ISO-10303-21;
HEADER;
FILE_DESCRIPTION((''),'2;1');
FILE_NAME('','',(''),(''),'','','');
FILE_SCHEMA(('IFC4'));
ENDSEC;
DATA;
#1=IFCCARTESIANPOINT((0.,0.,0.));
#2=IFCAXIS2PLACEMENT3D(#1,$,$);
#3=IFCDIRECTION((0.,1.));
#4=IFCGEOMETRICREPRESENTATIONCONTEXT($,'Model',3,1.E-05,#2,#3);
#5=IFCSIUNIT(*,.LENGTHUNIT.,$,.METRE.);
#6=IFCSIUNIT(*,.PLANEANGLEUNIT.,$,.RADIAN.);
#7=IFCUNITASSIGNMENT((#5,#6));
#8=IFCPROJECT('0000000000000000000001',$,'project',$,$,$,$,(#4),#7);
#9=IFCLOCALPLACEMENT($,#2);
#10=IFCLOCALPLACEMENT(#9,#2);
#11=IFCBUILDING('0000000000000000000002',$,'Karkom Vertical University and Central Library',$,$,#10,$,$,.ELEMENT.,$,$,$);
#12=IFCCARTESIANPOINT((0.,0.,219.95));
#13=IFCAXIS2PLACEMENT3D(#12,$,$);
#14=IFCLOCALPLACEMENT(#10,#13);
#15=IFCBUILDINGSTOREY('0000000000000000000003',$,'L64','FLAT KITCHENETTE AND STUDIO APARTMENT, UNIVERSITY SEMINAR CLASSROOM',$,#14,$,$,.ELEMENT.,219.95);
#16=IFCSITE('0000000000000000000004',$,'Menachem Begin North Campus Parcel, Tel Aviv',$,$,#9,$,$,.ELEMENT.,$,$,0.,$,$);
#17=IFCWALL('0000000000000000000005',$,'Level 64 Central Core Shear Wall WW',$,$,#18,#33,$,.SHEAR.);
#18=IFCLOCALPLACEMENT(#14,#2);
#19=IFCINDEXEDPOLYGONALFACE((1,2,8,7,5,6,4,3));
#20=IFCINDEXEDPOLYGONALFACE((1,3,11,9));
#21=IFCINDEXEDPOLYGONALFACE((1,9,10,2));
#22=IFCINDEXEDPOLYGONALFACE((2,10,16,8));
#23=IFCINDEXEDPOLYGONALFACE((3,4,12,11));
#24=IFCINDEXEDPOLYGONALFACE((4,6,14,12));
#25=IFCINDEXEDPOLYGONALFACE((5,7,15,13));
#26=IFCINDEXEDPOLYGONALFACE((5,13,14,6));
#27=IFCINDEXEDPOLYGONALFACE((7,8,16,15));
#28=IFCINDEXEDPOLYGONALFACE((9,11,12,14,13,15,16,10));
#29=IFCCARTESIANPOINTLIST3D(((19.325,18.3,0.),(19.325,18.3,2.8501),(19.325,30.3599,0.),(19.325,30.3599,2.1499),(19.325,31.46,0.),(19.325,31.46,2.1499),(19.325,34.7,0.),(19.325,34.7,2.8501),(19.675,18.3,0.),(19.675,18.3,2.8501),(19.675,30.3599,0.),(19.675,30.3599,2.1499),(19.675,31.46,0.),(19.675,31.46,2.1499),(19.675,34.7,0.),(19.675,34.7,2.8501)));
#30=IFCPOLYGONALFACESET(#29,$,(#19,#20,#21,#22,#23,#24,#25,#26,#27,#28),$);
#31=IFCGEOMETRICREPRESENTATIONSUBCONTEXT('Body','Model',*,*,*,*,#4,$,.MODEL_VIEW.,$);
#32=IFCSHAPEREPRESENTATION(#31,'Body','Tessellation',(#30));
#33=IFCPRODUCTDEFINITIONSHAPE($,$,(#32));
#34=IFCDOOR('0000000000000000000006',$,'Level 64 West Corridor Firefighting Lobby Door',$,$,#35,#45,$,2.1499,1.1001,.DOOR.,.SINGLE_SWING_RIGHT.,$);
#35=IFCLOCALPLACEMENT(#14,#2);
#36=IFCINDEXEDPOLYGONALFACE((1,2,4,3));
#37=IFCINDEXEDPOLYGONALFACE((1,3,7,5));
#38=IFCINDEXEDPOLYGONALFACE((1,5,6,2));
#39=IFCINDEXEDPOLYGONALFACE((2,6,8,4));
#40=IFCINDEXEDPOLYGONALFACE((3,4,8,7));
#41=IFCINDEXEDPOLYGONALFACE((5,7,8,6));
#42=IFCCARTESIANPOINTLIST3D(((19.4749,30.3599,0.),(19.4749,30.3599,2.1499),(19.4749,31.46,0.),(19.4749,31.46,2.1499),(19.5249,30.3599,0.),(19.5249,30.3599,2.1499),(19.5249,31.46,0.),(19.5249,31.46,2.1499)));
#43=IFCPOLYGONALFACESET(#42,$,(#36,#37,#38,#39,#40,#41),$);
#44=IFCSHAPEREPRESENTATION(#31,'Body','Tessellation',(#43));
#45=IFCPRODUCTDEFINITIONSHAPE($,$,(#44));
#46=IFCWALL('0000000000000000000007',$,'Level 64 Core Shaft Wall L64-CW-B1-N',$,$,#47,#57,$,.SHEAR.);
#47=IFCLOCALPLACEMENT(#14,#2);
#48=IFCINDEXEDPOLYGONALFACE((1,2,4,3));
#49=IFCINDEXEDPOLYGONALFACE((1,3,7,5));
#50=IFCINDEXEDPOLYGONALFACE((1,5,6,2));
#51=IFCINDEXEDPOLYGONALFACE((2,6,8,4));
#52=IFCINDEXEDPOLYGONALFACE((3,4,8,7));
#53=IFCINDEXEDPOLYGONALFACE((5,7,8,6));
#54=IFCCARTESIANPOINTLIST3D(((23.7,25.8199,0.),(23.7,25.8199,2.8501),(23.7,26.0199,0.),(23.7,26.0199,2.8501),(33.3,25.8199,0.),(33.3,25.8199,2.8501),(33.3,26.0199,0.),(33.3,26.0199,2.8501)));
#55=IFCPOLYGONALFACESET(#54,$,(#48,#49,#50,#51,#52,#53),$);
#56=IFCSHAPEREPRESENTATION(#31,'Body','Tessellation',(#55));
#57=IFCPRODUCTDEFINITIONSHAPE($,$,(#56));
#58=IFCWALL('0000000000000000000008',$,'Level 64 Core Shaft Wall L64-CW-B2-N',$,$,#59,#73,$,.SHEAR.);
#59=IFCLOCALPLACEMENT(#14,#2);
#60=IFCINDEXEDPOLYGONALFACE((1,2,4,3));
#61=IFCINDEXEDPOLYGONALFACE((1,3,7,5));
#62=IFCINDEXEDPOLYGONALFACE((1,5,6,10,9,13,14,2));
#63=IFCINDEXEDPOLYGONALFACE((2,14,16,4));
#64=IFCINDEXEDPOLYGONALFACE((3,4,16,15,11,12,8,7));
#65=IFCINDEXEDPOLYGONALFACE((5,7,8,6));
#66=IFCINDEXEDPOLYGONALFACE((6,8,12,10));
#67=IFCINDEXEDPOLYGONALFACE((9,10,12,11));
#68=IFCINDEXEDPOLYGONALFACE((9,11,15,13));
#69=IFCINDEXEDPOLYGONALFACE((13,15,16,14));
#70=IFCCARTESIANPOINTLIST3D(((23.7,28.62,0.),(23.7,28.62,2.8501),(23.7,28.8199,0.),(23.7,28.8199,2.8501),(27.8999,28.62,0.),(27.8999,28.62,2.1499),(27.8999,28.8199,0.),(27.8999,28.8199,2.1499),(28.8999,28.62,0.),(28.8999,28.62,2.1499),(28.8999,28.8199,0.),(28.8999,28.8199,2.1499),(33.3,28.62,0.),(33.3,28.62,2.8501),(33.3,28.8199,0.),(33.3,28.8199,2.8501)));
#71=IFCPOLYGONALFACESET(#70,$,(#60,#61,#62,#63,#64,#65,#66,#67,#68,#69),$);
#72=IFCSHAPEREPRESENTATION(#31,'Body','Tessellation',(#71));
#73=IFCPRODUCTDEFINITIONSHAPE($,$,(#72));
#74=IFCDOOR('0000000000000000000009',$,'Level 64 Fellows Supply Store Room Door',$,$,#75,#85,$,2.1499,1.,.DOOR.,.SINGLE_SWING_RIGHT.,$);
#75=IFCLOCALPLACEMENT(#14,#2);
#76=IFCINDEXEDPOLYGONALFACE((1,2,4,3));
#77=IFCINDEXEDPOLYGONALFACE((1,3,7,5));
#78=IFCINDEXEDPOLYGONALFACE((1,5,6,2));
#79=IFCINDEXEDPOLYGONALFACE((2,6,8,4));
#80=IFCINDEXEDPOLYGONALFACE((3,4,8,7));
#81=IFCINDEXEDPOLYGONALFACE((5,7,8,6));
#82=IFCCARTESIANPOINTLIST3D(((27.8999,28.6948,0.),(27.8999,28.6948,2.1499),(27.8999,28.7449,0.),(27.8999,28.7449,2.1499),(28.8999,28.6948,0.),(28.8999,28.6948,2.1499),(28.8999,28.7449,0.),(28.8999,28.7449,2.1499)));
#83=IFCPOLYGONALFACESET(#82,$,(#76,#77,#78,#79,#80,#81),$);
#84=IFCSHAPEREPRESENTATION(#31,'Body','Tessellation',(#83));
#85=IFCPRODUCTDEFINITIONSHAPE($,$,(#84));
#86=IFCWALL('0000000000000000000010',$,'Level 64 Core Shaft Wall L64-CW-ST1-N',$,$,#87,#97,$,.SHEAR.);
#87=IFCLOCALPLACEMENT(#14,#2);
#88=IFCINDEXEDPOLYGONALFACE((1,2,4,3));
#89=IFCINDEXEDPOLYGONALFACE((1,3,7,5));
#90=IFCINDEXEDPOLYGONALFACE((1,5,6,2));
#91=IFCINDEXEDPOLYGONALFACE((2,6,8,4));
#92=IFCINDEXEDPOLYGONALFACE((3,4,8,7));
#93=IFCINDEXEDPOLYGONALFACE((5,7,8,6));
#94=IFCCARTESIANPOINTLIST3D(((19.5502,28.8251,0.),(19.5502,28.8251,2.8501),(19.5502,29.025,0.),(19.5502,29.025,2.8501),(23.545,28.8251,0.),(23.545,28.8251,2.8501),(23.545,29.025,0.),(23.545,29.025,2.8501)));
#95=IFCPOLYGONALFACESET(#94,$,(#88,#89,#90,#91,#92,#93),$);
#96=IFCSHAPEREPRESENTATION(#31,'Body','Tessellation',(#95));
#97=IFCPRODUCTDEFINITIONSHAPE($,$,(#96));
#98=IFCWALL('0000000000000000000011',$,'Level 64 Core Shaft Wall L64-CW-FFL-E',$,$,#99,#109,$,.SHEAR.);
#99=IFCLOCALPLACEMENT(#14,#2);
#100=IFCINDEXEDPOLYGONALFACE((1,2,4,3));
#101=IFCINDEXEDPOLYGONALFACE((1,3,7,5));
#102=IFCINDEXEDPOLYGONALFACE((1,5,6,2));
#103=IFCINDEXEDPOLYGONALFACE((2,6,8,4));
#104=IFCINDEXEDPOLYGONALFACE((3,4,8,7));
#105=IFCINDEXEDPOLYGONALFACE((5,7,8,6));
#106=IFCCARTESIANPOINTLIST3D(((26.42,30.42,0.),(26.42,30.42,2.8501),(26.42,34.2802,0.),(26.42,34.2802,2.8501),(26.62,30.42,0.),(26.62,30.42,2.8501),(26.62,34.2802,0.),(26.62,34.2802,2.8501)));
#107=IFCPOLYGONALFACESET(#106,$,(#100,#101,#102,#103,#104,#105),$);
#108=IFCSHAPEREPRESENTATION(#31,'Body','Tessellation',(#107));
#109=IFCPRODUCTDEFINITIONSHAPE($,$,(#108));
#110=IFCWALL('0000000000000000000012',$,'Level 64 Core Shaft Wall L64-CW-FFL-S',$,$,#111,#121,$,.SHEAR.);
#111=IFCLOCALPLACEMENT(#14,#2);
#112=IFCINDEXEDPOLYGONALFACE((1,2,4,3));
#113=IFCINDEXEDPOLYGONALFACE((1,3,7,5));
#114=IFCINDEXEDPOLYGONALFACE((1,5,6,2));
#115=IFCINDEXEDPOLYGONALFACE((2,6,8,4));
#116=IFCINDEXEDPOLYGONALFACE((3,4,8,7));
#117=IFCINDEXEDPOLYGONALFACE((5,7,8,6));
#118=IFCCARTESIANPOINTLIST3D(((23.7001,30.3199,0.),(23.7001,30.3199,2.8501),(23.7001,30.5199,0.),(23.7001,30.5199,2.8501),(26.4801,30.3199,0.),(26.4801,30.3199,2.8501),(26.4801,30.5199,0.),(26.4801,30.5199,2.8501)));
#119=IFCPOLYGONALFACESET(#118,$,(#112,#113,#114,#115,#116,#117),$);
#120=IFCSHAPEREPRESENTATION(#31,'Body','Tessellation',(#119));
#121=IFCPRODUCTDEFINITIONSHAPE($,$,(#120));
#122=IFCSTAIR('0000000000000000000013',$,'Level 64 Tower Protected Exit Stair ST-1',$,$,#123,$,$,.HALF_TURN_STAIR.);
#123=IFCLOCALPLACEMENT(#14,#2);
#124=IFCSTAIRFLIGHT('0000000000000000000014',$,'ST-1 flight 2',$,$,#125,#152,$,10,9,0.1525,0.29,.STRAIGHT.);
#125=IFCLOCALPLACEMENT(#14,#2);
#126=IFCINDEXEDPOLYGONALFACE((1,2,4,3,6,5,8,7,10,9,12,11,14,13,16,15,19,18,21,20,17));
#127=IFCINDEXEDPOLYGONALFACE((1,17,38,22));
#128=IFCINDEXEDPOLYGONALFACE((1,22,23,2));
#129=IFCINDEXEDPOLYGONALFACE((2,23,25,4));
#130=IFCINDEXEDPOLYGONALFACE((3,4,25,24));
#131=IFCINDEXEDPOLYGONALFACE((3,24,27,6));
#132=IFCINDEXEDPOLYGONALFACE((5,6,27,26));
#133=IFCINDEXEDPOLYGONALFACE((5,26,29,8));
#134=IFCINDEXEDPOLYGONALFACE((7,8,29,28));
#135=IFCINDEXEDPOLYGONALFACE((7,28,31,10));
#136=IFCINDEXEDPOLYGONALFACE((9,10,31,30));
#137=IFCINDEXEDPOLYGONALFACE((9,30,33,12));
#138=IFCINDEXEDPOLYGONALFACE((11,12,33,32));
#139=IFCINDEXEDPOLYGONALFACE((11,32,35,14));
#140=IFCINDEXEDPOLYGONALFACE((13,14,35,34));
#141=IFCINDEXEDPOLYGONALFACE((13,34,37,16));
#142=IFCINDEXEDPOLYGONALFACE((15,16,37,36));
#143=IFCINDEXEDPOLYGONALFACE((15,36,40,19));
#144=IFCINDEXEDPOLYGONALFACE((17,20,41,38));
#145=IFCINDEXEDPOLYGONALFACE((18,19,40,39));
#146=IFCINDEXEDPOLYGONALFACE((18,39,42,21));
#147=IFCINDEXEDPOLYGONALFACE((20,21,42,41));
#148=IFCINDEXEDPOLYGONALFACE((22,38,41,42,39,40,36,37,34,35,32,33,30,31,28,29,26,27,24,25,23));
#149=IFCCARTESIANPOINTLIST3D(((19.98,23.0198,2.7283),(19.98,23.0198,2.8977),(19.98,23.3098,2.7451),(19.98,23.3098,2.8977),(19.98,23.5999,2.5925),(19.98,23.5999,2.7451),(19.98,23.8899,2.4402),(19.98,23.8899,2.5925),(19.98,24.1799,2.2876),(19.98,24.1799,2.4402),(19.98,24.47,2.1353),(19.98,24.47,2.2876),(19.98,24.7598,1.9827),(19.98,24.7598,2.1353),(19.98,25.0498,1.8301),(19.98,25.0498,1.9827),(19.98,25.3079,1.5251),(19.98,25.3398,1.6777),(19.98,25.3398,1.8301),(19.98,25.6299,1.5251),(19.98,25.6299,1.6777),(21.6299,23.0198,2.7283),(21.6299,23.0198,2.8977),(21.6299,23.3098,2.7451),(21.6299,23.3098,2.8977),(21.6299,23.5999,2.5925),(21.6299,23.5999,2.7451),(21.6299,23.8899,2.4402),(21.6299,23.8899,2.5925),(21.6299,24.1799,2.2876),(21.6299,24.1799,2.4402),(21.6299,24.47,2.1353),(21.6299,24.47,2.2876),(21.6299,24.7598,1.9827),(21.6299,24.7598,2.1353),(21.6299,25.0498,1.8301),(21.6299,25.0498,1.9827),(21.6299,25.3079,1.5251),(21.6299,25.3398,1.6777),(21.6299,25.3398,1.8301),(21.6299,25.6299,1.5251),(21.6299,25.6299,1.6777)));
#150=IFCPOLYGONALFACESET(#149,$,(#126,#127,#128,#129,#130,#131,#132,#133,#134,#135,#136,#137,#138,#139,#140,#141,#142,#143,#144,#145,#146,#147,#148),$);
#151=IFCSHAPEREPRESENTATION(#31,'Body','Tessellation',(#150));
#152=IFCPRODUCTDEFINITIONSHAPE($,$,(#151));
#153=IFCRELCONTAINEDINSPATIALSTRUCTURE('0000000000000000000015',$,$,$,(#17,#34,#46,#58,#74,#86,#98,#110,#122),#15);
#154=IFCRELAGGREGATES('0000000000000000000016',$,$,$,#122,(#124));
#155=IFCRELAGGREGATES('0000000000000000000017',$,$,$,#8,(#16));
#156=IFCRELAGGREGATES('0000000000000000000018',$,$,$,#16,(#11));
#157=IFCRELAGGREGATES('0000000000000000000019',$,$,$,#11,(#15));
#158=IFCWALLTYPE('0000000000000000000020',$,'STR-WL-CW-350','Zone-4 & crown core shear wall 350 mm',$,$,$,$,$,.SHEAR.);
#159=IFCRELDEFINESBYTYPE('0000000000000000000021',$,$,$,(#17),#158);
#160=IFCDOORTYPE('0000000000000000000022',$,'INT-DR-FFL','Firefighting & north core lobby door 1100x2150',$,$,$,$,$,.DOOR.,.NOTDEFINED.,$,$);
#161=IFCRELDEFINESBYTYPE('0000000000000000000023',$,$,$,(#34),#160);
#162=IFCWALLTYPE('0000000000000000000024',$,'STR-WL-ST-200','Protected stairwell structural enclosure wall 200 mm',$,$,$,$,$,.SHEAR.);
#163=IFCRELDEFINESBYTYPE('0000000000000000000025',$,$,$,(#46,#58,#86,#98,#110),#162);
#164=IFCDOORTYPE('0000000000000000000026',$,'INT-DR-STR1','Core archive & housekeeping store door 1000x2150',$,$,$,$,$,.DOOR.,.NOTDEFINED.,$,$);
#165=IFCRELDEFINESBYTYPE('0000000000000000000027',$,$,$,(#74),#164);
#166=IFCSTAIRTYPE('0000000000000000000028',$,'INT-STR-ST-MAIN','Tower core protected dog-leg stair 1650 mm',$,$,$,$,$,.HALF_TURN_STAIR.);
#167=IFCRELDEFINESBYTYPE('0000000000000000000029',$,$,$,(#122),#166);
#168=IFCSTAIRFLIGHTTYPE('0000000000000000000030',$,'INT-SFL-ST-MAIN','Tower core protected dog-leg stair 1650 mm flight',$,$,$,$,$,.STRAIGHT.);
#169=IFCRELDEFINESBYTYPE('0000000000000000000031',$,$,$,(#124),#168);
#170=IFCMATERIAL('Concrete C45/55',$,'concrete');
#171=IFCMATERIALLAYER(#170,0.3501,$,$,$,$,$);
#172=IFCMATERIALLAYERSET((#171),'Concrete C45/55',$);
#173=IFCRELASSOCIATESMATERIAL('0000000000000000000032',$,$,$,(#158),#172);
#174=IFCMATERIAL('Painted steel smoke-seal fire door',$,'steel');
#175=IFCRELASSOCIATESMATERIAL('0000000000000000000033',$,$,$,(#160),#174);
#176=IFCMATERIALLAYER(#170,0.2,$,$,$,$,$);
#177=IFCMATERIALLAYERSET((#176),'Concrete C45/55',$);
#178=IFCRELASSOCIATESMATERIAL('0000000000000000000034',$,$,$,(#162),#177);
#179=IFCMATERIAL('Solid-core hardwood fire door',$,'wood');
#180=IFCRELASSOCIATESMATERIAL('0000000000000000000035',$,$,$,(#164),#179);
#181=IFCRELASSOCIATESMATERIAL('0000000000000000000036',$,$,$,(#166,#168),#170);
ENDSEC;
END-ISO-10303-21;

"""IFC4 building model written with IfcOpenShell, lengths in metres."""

from ifc_helpers import new_model, si_unit, direction, frame, frame_2d, origin, origin_with_axes, place, context, subcontext, project, spatial, polyline, rectangle, outline, extrude, source, transform, mapped, material, layer, layer_set, type_object, element, fill, aggregate, save


model = new_model("IFC4")

# Units and contexts
model_context = context("Model", 3, precision=1e-05, world=origin(), true_north=direction((0.0, 1.0)))
body_context = subcontext(model_context, "Body", "Model", "MODEL_VIEW")
ifc_project = project(units=[si_unit("LENGTHUNIT", "METRE"), si_unit("PLANEANGLEUNIT", "RADIAN")], contexts=[model_context])

# Site, building, storey
site_placement = place(None, origin())
site = spatial("IfcSite", under=ifc_project, at=site_placement, Name="Menachem Begin North Campus Parcel, Tel Aviv", CompositionType="ELEMENT", RefElevation=0.0)
building_placement = place(site_placement, origin())
building = spatial("IfcBuilding", under=site, at=building_placement, Name="Karkom Vertical University and Central Library", CompositionType="ELEMENT")
storey_placement = place(building_placement, frame((0.0, 0.0, 219.95)))
storey = spatial("IfcBuildingStorey", under=building, at=storey_placement, Name="L64", Description="FLAT KITCHENETTE AND STUDIO APARTMENT, UNIVERSITY SEMINAR CLASSROOM", CompositionType="ELEMENT", Elevation=219.95)

# Wall, opening, door
ifc_material_1 = material(Name="Concrete C45/55", Category="concrete")
ifc_layer_1 = layer(ifc_material_1, 0.3501)
ifc_layer_set_1 = layer_set([ifc_layer_1], Name="Concrete C45/55")
wall_type_1 = type_object("IfcWallType", Name="STR-WL-CW-350", Description="Zone-4 & crown core shear wall 350 mm", PredefinedType="SHEAR", material=ifc_layer_set_1)
wall_1_placement = place(storey_placement, frame((19.5, 34.7, 0.0), z_axis=(0.0, 0.0, 1.0), x_axis=(0.0, -1.0, 0.0)))
wall_1 = element("IfcWall", 1, at=wall_1_placement, inside=storey, type_object=wall_type_1, Name="Level 64 Central Core Shear Wall WW", PredefinedType="SHEAR", context=body_context, shape_type="SweptSolid", body=[
    extrude(rectangle(XDim=16.3999, YDim=0.3501, at=frame_2d((8.2, 0.0))), origin(), (0.0, 0.0, 1.0), 2.8501),
])
opening_1_placement = place(wall_1_placement, frame((3.24, 0.0, 0.0)))
opening_1 = element("IfcOpeningElement", 2, at=opening_1_placement, cuts=wall_1, PredefinedType="OPENING", context=body_context, shape_type="SweptSolid", body=[
    extrude(rectangle(XDim=1.1001, YDim=2.1499, at=frame_2d((0.55, 1.075))), frame((0.0, 0.1851, 0.0), z_axis=(0.0, -1.0, 0.0), x_axis=(1.0, 0.0, 0.0)), (0.0, 0.0, 1.0), 0.3701),
])
ifc_material_2 = material(Name="Painted steel smoke-seal fire door", Category="steel")
door_type_1 = type_object("IfcDoorType", Name="INT-DR-FFL", Description="Firefighting & north core lobby door 1100x2150", OperationType="NOTDEFINED", PredefinedType="DOOR", material=ifc_material_2)
shared_shape_1 = source(origin_with_axes(), body_context, "Body", "SweptSolid", [
    extrude(rectangle(XDim=1.1001, YDim=2.1499, at=frame_2d((0.55, 1.075))), frame((0.0, 0.0249, 0.0), z_axis=(0.0, -1.0, 0.0), x_axis=(1.0, 0.0, 0.0)), (0.0, 0.0, 1.0), 0.05),
])
door_1_placement = place(opening_1_placement, origin())
door_1 = element("IfcDoor", 3, at=door_1_placement, inside=storey, type_object=door_type_1, Name="Level 64 West Corridor Firefighting Lobby Door", OperationType="SINGLE_SWING_RIGHT", OverallHeight=2.1499, OverallWidth=1.1001, PredefinedType="DOOR", context=body_context, shape_type="MappedRepresentation", body=[
    mapped(shared_shape_1, transform((0.0, 0.0, 0.0), scale=1.0)),
])
fill(opening_1, door_1)

# Wall
ifc_layer_2 = layer(ifc_material_1, 0.2)
ifc_layer_set_2 = layer_set([ifc_layer_2], Name="Concrete C45/55")
wall_type_2 = type_object("IfcWallType", Name="STR-WL-ST-200", Description="Protected stairwell structural enclosure wall 200 mm", PredefinedType="SHEAR", material=ifc_layer_set_2)
wall_2_placement = place(storey_placement, frame((23.7, 25.9199, 0.0), z_axis=(0.0, 0.0, 1.0), x_axis=(1.0, 0.0, 0.0)))
element("IfcWall", 4, at=wall_2_placement, inside=storey, type_object=wall_type_2, Name="Level 64 Core Shaft Wall L64-CW-B1-N", PredefinedType="SHEAR", context=body_context, shape_type="SweptSolid", body=[
    extrude(rectangle(XDim=9.6001, YDim=0.2, at=frame_2d((4.8, 0.0))), origin(), (0.0, 0.0, 1.0), 2.8501),
])

# Wall, opening, door
wall_3_placement = place(storey_placement, frame((23.7, 28.72, 0.0), z_axis=(0.0, 0.0, 1.0), x_axis=(1.0, 0.0, 0.0)))
wall_3 = element("IfcWall", 5, at=wall_3_placement, inside=storey, type_object=wall_type_2, Name="Level 64 Core Shaft Wall L64-CW-B2-N", PredefinedType="SHEAR", context=body_context, shape_type="SweptSolid", body=[
    extrude(rectangle(XDim=9.6001, YDim=0.2, at=frame_2d((4.8, 0.0))), origin(), (0.0, 0.0, 1.0), 2.8501),
])
opening_2_placement = place(wall_3_placement, frame((4.2, 0.0, 0.0)))
opening_2 = element("IfcOpeningElement", 6, at=opening_2_placement, cuts=wall_3, PredefinedType="OPENING", context=body_context, shape_type="SweptSolid", body=[
    extrude(rectangle(XDim=1.0, YDim=2.1499, at=frame_2d((0.5, 1.075))), frame((0.0, 0.1099, 0.0), z_axis=(0.0, -1.0, 0.0), x_axis=(1.0, 0.0, 0.0)), (0.0, 0.0, 1.0), 0.22),
])
ifc_material_3 = material(Name="Solid-core hardwood fire door", Category="wood")
door_type_2 = type_object("IfcDoorType", Name="INT-DR-STR1", Description="Core archive & housekeeping store door 1000x2150", OperationType="NOTDEFINED", PredefinedType="DOOR", material=ifc_material_3)
shared_shape_2 = source(origin_with_axes(), body_context, "Body", "SweptSolid", [
    extrude(rectangle(XDim=1.0, YDim=2.1499, at=frame_2d((0.5, 1.075))), frame((0.0, 0.0249, 0.0), z_axis=(0.0, -1.0, 0.0), x_axis=(1.0, 0.0, 0.0)), (0.0, 0.0, 1.0), 0.05),
])
door_2_placement = place(opening_2_placement, origin())
door_2 = element("IfcDoor", 7, at=door_2_placement, inside=storey, type_object=door_type_2, Name="Level 64 Fellows Supply Store Room Door", OperationType="SINGLE_SWING_RIGHT", OverallHeight=2.1499, OverallWidth=1.0, PredefinedType="DOOR", context=body_context, shape_type="MappedRepresentation", body=[
    mapped(shared_shape_2, transform((0.0, 0.0, 0.0), scale=1.0)),
])
fill(opening_2, door_2)

# Walls
wall_4_placement = place(storey_placement, frame((19.55, 28.925, 0.0), z_axis=(0.0, 0.0, 1.0), x_axis=(1.0, 0.0, 0.0)))
element("IfcWall", 8, at=wall_4_placement, inside=storey, type_object=wall_type_2, Name="Level 64 Core Shaft Wall L64-CW-ST1-N", PredefinedType="SHEAR", context=body_context, shape_type="SweptSolid", body=[
    extrude(rectangle(XDim=3.9949, YDim=0.2, at=frame_2d((1.9976, 0.0))), origin(), (0.0, 0.0, 1.0), 2.8501),
])
wall_5_placement = place(storey_placement, frame((26.52, 30.4199, 0.0), z_axis=(0.0, 0.0, 1.0), x_axis=(0.0, 1.0, 0.0)))
element("IfcWall", 9, at=wall_5_placement, inside=storey, type_object=wall_type_2, Name="Level 64 Core Shaft Wall L64-CW-FFL-E", PredefinedType="SHEAR", context=body_context, shape_type="SweptSolid", body=[
    extrude(rectangle(XDim=3.8601, YDim=0.2, at=frame_2d((1.9302, 0.0))), origin(), (0.0, 0.0, 1.0), 2.8501),
])
wall_6_placement = place(storey_placement, frame((23.7, 30.4199, 0.0), z_axis=(0.0, 0.0, 1.0), x_axis=(1.0, 0.0, 0.0)))
element("IfcWall", 10, at=wall_6_placement, inside=storey, type_object=wall_type_2, Name="Level 64 Core Shaft Wall L64-CW-FFL-S", PredefinedType="SHEAR", context=body_context, shape_type="SweptSolid", body=[
    extrude(rectangle(XDim=2.78, YDim=0.2, at=frame_2d((1.3901, 0.0))), origin(), (0.0, 0.0, 1.0), 2.8501),
])

# Stair, stair flight
stair_type = type_object("IfcStairType", Name="INT-STR-ST-MAIN", Description="Tower core protected dog-leg stair 1650 mm", PredefinedType="HALF_TURN_STAIR", material=ifc_material_1)
stair_placement = place(storey_placement, origin())
stair = element("IfcStair", 11, at=stair_placement, inside=storey, type_object=stair_type, Name="Level 64 Tower Protected Exit Stair ST-1", PredefinedType="HALF_TURN_STAIR")
stair_flight_type = type_object("IfcStairFlightType", Name="INT-SFL-ST-MAIN", Description="Tower core protected dog-leg stair 1650 mm flight", PredefinedType="STRAIGHT", material=ifc_material_1)
stair_flight_placement = place(storey_placement, frame((20.8049, 25.6299, 1.5251), z_axis=(0.0, 0.0, 1.0), x_axis=(0.0, -1.0, 0.0)))
stair_flight = element("IfcStairFlight", 12, at=stair_flight_placement, type_object=stair_flight_type, Name="ST-1 flight 2", NumberOfRisers=10, NumberOfTreads=9, PredefinedType="STRAIGHT", RiserHeight=0.1525, TreadLength=0.29, context=body_context, shape_type="SweptSolid", body=[
    extrude(outline(polyline([(0.0, 0.0), (0.0, 0.1526), (0.29, 0.1526), (0.29, 0.3049), (0.5801, 0.3049), (0.5801, 0.4575), (0.8701, 0.4575), (0.8701, 0.6101), (1.1599, 0.6101), (1.1599, 0.7625), (1.45, 0.7625), (1.45, 0.915), (1.74, 0.915), (1.74, 1.0674), (2.03, 1.0674), (2.03, 1.22), (2.3201, 1.22), (2.3201, 1.3726), (2.6101, 1.3726), (2.6101, 1.5249), (2.6101, 1.2031), (0.322, 0.0), (0.0, 0.0)])), frame((0.0, 0.825, 0.0), z_axis=(0.0, -1.0, 0.0), x_axis=(1.0, 0.0, 0.0)), (0.0, 0.0, 1.0), 1.6499),
])
aggregate(stair, [stair_flight])

save(model, "model.ifc")
